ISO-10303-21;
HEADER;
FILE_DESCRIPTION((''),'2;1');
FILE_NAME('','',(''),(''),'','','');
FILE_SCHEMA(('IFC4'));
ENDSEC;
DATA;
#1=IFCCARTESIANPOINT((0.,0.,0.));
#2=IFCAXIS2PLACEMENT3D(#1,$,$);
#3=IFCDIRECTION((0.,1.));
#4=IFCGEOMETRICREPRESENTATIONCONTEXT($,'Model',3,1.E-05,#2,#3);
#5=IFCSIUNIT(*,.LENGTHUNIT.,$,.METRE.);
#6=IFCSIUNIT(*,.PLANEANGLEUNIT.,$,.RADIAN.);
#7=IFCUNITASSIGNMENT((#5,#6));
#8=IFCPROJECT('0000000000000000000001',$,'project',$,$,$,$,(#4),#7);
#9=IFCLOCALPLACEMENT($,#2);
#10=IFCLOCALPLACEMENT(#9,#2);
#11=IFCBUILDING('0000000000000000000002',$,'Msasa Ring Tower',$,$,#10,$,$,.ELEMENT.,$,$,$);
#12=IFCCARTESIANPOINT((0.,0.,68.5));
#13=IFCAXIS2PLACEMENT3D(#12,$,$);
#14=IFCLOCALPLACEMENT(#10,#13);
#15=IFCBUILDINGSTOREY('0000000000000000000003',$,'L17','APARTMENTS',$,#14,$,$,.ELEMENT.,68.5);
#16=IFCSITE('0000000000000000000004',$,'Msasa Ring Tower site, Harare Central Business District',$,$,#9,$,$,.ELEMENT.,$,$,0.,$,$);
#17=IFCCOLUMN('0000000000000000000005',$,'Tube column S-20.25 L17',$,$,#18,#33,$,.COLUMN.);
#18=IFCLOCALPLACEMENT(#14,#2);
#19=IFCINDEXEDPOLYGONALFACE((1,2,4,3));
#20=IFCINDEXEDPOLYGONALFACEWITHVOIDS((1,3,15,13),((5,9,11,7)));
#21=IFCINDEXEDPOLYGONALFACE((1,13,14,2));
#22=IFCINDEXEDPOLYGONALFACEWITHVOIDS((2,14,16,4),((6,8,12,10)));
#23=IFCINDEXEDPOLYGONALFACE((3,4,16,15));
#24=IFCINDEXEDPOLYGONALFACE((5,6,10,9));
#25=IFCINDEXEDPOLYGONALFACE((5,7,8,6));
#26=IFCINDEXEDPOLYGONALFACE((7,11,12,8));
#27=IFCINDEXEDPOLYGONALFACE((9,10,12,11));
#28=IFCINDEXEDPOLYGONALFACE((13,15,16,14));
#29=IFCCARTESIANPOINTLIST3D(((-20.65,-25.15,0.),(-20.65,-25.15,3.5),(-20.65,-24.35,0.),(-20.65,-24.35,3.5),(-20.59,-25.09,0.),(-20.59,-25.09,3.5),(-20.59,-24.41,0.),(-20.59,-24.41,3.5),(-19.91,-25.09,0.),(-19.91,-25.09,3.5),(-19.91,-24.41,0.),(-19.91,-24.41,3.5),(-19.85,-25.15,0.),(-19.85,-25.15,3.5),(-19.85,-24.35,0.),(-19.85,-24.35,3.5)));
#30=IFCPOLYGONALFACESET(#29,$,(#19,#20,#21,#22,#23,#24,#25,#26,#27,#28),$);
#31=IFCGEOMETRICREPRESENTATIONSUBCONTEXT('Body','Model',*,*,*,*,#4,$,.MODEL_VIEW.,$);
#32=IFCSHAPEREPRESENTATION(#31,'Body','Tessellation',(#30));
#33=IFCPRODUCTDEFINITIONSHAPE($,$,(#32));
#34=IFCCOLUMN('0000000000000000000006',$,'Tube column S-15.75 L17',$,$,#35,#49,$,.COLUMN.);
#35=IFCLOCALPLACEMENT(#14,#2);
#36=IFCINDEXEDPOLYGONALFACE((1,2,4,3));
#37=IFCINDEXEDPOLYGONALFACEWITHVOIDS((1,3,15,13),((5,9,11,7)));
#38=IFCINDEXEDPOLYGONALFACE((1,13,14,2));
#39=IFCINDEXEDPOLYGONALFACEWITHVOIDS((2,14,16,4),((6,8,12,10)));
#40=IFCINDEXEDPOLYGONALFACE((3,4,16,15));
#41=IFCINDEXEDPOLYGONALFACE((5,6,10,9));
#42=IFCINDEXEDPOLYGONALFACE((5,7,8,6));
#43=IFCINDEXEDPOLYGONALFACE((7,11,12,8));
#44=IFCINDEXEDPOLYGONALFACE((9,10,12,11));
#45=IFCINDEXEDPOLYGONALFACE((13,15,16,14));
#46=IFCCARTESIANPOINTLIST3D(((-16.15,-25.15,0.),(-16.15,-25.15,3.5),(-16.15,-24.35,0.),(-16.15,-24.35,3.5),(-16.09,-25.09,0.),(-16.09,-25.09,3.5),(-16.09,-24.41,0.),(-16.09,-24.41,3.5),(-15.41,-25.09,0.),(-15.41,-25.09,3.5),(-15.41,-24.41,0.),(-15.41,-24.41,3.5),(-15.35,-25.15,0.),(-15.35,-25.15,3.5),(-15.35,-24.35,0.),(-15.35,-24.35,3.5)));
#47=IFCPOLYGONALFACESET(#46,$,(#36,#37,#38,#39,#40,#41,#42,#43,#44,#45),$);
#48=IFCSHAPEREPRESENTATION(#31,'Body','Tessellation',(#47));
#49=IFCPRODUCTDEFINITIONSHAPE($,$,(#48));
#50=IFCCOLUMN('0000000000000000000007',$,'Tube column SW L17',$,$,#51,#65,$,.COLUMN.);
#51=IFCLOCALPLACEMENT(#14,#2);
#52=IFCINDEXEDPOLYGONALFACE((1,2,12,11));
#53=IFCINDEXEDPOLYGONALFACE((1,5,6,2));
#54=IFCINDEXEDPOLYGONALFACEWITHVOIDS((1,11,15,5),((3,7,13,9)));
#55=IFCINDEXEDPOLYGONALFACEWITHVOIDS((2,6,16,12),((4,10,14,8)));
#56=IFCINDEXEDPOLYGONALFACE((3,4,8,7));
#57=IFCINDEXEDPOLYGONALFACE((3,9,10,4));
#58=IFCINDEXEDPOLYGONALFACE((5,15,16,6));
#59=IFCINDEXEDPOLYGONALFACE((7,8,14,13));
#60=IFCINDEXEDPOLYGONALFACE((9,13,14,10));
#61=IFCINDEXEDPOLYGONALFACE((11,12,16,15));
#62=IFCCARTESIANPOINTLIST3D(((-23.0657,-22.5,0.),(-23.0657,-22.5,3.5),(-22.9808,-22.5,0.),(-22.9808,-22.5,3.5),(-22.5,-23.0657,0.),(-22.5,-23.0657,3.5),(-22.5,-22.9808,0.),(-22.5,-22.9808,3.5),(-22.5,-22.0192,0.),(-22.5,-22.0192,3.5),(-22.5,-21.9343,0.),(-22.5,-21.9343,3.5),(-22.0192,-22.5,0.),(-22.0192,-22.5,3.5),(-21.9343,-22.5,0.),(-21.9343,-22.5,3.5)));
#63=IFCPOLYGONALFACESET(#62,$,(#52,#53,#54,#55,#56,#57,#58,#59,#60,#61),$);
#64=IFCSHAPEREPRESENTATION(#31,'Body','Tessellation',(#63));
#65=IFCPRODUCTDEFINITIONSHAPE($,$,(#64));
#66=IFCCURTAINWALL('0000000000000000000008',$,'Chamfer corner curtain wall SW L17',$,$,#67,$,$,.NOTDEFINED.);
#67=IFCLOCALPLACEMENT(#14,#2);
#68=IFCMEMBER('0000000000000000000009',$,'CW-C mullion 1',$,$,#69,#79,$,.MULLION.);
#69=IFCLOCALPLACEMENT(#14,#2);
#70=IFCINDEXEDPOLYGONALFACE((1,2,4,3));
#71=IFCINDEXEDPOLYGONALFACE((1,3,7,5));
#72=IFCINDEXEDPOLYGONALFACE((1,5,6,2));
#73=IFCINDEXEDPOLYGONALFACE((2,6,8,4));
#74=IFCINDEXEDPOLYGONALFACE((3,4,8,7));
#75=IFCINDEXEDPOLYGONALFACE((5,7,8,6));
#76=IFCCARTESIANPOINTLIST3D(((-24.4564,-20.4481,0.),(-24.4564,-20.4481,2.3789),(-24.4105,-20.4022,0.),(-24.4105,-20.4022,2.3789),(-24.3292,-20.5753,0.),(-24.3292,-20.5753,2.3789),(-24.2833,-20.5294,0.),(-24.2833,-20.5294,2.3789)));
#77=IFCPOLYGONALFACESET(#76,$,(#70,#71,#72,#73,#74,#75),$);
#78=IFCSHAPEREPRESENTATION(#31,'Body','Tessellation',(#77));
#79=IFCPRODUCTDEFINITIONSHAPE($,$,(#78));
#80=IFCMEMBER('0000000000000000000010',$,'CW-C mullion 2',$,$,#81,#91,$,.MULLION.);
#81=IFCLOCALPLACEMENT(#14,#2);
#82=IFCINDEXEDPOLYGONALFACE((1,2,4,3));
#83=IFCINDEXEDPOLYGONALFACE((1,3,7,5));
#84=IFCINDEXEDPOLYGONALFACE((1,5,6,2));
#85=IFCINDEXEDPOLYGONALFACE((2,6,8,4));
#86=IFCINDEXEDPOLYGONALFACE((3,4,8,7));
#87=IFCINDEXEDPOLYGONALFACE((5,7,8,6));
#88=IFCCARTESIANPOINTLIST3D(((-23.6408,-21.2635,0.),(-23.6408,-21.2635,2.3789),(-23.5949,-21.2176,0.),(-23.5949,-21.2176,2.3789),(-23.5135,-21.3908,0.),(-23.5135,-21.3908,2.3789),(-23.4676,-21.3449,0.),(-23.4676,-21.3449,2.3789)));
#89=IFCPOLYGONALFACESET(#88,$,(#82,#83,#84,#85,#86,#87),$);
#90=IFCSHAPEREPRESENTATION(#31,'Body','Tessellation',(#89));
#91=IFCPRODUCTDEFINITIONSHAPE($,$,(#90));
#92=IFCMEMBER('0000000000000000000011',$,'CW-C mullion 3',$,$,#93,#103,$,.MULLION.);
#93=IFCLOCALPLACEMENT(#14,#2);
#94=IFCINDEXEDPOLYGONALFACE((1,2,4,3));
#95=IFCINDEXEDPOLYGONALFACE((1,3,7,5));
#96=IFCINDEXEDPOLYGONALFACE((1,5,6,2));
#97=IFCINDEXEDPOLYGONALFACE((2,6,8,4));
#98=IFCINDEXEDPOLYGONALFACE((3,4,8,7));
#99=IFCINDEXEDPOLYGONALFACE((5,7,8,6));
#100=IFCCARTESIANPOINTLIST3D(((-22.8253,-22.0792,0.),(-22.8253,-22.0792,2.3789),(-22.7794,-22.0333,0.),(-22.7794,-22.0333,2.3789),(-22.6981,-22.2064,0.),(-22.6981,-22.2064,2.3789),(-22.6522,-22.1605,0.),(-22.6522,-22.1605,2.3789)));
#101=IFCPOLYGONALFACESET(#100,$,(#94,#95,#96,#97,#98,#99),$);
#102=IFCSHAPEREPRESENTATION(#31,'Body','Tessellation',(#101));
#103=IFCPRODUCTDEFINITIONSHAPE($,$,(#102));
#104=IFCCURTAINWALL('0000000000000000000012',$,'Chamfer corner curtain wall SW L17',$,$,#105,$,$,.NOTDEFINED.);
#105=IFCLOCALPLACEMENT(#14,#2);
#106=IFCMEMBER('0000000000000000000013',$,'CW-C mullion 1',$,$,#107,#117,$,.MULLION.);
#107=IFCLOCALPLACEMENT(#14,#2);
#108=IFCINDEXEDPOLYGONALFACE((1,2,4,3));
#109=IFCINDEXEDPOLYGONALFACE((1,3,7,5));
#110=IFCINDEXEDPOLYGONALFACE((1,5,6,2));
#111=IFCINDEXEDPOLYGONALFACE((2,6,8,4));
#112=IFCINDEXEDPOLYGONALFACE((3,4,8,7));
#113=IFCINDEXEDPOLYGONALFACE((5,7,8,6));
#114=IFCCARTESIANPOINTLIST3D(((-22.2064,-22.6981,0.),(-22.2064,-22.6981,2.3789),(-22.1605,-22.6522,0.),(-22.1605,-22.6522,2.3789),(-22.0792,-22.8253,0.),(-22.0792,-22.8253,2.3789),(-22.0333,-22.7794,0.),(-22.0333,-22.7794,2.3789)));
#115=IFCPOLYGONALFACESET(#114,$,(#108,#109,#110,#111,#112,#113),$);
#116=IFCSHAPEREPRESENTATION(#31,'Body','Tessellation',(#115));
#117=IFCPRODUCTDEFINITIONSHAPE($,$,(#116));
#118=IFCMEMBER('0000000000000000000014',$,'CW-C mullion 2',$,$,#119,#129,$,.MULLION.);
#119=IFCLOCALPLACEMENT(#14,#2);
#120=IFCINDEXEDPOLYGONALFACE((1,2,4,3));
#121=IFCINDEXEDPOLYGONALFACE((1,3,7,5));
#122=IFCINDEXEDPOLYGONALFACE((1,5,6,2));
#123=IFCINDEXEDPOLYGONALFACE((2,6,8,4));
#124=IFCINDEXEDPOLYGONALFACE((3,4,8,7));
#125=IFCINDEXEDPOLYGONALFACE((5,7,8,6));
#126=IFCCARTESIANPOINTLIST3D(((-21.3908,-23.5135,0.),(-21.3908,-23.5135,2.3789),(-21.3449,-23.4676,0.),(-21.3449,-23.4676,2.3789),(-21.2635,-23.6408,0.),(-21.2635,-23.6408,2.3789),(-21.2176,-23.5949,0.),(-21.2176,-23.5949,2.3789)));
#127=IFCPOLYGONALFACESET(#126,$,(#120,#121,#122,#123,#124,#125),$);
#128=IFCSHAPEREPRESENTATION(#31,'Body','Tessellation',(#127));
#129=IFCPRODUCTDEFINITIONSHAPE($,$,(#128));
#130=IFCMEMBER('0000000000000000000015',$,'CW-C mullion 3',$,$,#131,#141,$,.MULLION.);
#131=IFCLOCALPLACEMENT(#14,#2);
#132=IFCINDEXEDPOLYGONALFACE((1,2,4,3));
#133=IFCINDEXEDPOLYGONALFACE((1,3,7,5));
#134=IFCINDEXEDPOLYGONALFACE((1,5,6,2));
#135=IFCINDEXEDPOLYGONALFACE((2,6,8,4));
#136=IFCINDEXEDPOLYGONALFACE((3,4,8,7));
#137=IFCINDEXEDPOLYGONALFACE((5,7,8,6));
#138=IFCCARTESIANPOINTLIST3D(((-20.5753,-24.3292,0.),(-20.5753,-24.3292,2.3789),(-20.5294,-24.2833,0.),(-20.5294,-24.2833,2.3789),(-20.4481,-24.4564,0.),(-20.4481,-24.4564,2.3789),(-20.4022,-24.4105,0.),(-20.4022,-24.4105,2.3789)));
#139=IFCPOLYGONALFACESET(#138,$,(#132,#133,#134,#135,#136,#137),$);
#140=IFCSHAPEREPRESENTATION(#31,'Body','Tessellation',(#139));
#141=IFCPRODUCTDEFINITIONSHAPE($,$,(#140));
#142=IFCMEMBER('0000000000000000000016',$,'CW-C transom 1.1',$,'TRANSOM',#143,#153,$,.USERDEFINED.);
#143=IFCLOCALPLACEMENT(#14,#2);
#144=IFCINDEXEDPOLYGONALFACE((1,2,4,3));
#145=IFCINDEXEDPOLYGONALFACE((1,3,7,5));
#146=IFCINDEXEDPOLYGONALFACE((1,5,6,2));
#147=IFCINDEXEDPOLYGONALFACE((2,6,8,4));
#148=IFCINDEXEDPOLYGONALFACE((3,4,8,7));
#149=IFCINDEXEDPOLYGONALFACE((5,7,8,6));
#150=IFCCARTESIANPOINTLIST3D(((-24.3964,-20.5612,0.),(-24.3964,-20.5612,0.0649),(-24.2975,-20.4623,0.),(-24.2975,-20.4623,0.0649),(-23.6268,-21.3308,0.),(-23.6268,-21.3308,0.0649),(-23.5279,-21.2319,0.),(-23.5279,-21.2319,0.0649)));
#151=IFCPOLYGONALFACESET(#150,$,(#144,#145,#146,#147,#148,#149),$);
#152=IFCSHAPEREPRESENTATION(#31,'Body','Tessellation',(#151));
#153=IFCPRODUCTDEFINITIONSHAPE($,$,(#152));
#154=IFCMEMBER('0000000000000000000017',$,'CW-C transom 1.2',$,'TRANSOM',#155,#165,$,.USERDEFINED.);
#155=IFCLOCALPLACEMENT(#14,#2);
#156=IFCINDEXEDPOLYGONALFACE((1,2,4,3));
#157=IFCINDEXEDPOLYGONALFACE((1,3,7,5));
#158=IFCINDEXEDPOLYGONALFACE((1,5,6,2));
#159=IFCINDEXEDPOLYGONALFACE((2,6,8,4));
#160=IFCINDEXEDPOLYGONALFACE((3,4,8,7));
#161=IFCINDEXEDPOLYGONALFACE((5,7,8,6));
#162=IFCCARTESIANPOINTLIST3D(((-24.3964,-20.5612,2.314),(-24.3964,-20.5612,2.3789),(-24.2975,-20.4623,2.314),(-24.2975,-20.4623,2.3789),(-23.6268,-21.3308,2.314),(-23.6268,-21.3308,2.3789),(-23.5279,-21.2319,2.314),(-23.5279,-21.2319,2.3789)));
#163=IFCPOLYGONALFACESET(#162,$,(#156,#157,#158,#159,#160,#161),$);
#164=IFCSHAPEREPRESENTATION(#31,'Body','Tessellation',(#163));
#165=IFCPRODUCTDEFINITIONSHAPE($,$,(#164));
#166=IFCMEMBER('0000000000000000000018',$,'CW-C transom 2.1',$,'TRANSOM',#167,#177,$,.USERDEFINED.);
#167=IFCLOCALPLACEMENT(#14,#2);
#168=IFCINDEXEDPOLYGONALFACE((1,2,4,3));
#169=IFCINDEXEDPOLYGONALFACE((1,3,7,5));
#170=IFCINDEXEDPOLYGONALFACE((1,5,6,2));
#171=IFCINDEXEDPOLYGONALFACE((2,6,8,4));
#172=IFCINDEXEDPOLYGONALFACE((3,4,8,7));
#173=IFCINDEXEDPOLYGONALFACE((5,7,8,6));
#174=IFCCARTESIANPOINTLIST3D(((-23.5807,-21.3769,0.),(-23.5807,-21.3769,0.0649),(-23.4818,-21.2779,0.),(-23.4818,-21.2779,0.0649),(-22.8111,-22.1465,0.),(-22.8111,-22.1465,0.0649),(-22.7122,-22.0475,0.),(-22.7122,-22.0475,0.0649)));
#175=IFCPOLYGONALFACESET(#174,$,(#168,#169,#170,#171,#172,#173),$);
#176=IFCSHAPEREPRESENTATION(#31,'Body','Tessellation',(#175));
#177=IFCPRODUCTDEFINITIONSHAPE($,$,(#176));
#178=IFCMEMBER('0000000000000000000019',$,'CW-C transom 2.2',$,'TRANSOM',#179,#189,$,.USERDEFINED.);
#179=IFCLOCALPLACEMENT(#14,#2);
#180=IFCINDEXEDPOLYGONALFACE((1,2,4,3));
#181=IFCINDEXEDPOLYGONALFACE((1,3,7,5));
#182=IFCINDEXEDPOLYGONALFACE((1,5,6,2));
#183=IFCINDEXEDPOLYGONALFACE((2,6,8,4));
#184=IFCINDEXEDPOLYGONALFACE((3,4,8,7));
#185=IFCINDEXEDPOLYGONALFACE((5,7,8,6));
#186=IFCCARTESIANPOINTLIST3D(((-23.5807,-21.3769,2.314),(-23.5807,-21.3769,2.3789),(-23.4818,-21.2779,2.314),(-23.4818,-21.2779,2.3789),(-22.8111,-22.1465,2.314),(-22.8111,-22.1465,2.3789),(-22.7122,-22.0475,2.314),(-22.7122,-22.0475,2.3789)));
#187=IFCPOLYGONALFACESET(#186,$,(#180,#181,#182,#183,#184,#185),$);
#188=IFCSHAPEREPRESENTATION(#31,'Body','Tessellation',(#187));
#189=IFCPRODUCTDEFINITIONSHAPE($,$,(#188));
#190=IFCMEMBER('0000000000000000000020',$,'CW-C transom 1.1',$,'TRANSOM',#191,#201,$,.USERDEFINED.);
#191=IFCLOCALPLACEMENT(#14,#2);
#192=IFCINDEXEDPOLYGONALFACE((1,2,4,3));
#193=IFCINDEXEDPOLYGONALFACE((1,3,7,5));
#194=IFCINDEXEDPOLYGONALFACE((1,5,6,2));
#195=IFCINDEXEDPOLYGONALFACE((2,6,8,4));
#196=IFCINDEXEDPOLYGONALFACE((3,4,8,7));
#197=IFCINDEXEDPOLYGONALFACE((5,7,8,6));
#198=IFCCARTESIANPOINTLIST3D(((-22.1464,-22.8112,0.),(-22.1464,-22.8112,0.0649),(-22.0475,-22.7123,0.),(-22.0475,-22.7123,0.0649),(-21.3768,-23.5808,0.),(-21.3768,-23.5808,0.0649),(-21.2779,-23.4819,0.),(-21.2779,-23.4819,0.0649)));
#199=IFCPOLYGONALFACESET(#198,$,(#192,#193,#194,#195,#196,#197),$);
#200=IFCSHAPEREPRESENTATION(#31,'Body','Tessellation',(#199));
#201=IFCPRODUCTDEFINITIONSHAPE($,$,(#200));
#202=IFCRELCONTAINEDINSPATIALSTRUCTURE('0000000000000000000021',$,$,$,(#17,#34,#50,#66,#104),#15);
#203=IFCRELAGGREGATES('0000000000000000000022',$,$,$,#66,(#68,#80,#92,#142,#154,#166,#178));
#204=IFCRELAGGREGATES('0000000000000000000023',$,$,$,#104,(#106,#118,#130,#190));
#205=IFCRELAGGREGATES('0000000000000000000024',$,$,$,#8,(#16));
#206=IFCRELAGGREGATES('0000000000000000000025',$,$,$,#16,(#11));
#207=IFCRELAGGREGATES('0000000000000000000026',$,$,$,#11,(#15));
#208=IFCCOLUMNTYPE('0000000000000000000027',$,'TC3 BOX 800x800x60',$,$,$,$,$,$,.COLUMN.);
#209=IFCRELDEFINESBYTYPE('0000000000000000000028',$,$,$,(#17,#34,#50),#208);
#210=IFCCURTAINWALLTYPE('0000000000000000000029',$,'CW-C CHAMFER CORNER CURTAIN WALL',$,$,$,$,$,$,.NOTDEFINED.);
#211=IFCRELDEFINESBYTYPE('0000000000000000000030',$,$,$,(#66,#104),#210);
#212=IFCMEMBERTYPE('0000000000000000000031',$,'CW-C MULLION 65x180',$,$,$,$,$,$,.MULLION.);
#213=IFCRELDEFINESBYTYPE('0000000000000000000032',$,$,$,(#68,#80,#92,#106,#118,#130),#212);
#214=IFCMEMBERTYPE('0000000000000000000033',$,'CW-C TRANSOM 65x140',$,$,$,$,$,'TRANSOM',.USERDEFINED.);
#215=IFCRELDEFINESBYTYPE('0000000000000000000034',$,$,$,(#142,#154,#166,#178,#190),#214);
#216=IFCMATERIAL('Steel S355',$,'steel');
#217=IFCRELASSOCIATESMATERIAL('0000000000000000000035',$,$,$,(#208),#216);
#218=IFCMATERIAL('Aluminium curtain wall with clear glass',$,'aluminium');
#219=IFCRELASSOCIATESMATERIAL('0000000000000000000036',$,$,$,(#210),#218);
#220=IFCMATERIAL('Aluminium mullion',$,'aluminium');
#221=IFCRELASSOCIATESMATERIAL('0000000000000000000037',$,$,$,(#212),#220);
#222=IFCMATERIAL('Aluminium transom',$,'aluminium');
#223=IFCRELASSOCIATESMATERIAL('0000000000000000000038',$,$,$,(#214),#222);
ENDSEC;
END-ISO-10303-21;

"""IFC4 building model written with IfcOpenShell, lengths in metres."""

from ifc_helpers import new_model, si_unit, direction, frame, origin, origin_2d, place, context, subcontext, project, spatial, rectangle, hollow_rectangle, extrude, material, material_profile, profile_set, type_object, element, aggregate, save


model = new_model("IFC4")

# Units and contexts
model_context = context("Model", 3, precision=1e-05, world=origin(), true_north=direction((0.0, 1.0)))
body_context = subcontext(model_context, "Body", "Model", "MODEL_VIEW")
ifc_project = project(units=[si_unit("LENGTHUNIT", "METRE"), si_unit("PLANEANGLEUNIT", "RADIAN")], contexts=[model_context])

# Site, building, storey
site_placement = place(None, origin())
site = spatial("IfcSite", under=ifc_project, at=site_placement, Name="Msasa Ring Tower site, Harare Central Business District", CompositionType="ELEMENT", RefElevation=0.0)
building_placement = place(site_placement, origin())
building = spatial("IfcBuilding", under=site, at=building_placement, Name="Msasa Ring Tower", CompositionType="ELEMENT")
storey_placement = place(building_placement, frame((0.0, 0.0, 68.5)))
storey = spatial("IfcBuildingStorey", under=building, at=storey_placement, Name="L17", Description="APARTMENTS", CompositionType="ELEMENT", Elevation=68.5)

# Columns
ifc_material_1 = material(Name="Steel S355", Category="steel")
ifc_material_profile_1 = material_profile(ifc_material_1, hollow_rectangle(XDim=0.8, YDim=0.8, WallThickness=0.0601, at=origin_2d()), Name="BOX 800x800x60")
ifc_profile_set_1 = profile_set([ifc_material_profile_1], Name="Steel S355")
column_type = type_object("IfcColumnType", Name="TC3 BOX 800x800x60", PredefinedType="COLUMN", material=ifc_profile_set_1)
for number, where, z_axis, x_axis, name in (
    (1, (-20.25, -24.75, 0.0), (0.0, 0.0, 1.0), (0.0, 1.0, 0.0), "Tube column S-20.25 L17"),
    (2, (-15.75, -24.75, 0.0), (0.0, 0.0, 1.0), (0.0, 1.0, 0.0), "Tube column S-15.75 L17"),
    (3, (-22.5, -22.5, 0.0), (0.0, 0.0, 1.0), (0.707107, 0.707107, 0.0), "Tube column SW L17"),
):
    element("IfcColumn", number, at=place(storey_placement, frame(where, z_axis=z_axis, x_axis=x_axis)), inside=storey, type_object=column_type, Name=name, PredefinedType="COLUMN", context=body_context, shape_type="SweptSolid", body=[
        extrude(hollow_rectangle(XDim=0.8, YDim=0.8, WallThickness=0.0601, at=origin_2d()), origin(), (0.0, 0.0, 1.0), 3.5),
    ])

# Curtain walls, members
ifc_material_2 = material(Name="Aluminium curtain wall with clear glass", Category="aluminium")
curtain_wall_type = type_object("IfcCurtainWallType", Name="CW-C CHAMFER CORNER CURTAIN WALL", PredefinedType="NOTDEFINED", material=ifc_material_2)
curtain_wall_1_placement = place(storey_placement, origin())
curtain_wall_1 = element("IfcCurtainWall", 4, at=curtain_wall_1_placement, inside=storey, type_object=curtain_wall_type, Name="Chamfer corner curtain wall SW L17", PredefinedType="NOTDEFINED")
ifc_material_3 = material(Name="Aluminium mullion", Category="aluminium")
ifc_material_profile_2 = material_profile(ifc_material_3, rectangle(XDim=0.0649, YDim=0.1799, at=origin_2d()), Name="AL 65x180")
ifc_profile_set_2 = profile_set([ifc_material_profile_2], Name="Aluminium mullion")
member_type_1 = type_object("IfcMemberType", Name="CW-C MULLION 65x180", PredefinedType="MULLION", material=ifc_profile_set_2)
member_1_placement = place(storey_placement, frame((-24.3699, -20.4888, 0.0), z_axis=(0.0, 0.0, 1.0), x_axis=(0.707107, 0.707107, 0.0)))
member_1 = element("IfcMember", 5, at=member_1_placement, type_object=member_type_1, Name="CW-C mullion 1", PredefinedType="MULLION", context=body_context, shape_type="SweptSolid", body=[
    extrude(rectangle(XDim=0.0649, YDim=0.1799, at=origin_2d()), origin(), (0.0, 0.0, 1.0), 2.3789),
])
member_2_placement = place(storey_placement, frame((-23.5542, -21.3042, 0.0), z_axis=(0.0, 0.0, 1.0), x_axis=(0.707107, 0.707107, 0.0)))
member_2 = element("IfcMember", 6, at=member_2_placement, type_object=member_type_1, Name="CW-C mullion 2", PredefinedType="MULLION", context=body_context, shape_type="SweptSolid", body=[
    extrude(rectangle(XDim=0.0649, YDim=0.1799, at=origin_2d()), origin(), (0.0, 0.0, 1.0), 2.3789),
])
member_3_placement = place(storey_placement, frame((-22.7388, -22.1199, 0.0), z_axis=(0.0, 0.0, 1.0), x_axis=(0.707107, 0.707107, 0.0)))
member_3 = element("IfcMember", 7, at=member_3_placement, type_object=member_type_1, Name="CW-C mullion 3", PredefinedType="MULLION", context=body_context, shape_type="SweptSolid", body=[
    extrude(rectangle(XDim=0.0649, YDim=0.1799, at=origin_2d()), origin(), (0.0, 0.0, 1.0), 2.3789),
])
curtain_wall_2_placement = place(storey_placement, origin())
curtain_wall_2 = element("IfcCurtainWall", 8, at=curtain_wall_2_placement, inside=storey, type_object=curtain_wall_type, Name="Chamfer corner curtain wall SW L17", PredefinedType="NOTDEFINED")
member_4_placement = place(storey_placement, frame((-22.1199, -22.7388, 0.0), z_axis=(0.0, 0.0, 1.0), x_axis=(0.707107, 0.707107, 0.0)))
member_4 = element("IfcMember", 9, at=member_4_placement, type_object=member_type_1, Name="CW-C mullion 1", PredefinedType="MULLION", context=body_context, shape_type="SweptSolid", body=[
    extrude(rectangle(XDim=0.0649, YDim=0.1799, at=origin_2d()), origin(), (0.0, 0.0, 1.0), 2.3789),
])
member_5_placement = place(storey_placement, frame((-21.3042, -23.5542, 0.0), z_axis=(0.0, 0.0, 1.0), x_axis=(0.707107, 0.707107, 0.0)))
member_5 = element("IfcMember", 10, at=member_5_placement, type_object=member_type_1, Name="CW-C mullion 2", PredefinedType="MULLION", context=body_context, shape_type="SweptSolid", body=[
    extrude(rectangle(XDim=0.0649, YDim=0.1799, at=origin_2d()), origin(), (0.0, 0.0, 1.0), 2.3789),
])
member_6_placement = place(storey_placement, frame((-20.4888, -24.3699, 0.0), z_axis=(0.0, 0.0, 1.0), x_axis=(0.707107, 0.707107, 0.0)))
member_6 = element("IfcMember", 11, at=member_6_placement, type_object=member_type_1, Name="CW-C mullion 3", PredefinedType="MULLION", context=body_context, shape_type="SweptSolid", body=[
    extrude(rectangle(XDim=0.0649, YDim=0.1799, at=origin_2d()), origin(), (0.0, 0.0, 1.0), 2.3789),
])

# Members
ifc_material_4 = material(Name="Aluminium transom", Category="aluminium")
ifc_material_profile_3 = material_profile(ifc_material_4, rectangle(XDim=0.1399, YDim=0.0649, at=origin_2d()), Name="AL 65x140")
ifc_profile_set_3 = profile_set([ifc_material_profile_3], Name="Aluminium transom")
member_type_2 = type_object("IfcMemberType", Name="CW-C TRANSOM 65x140", ElementType="TRANSOM", PredefinedType="USERDEFINED", material=ifc_profile_set_3)
member_7_placement = place(storey_placement, frame((-24.3469, -20.5117, 0.0325), z_axis=(0.707107, -0.707107, 0.0), x_axis=(0.707107, 0.707107, 0.0)))
member_7 = element("IfcMember", 12, at=member_7_placement, type_object=member_type_2, Name="CW-C transom 1.1", ObjectType="TRANSOM", PredefinedType="USERDEFINED", context=body_context, shape_type="SweptSolid", body=[
    extrude(rectangle(XDim=0.1399, YDim=0.0649, at=origin_2d()), origin(), (0.0, 0.0, 1.0), 1.0884),
])
member_8_placement = place(storey_placement, frame((-24.3469, -20.5117, 2.3464), z_axis=(0.707107, -0.707107, 0.0), x_axis=(0.707107, 0.707107, 0.0)))
member_8 = element("IfcMember", 13, at=member_8_placement, type_object=member_type_2, Name="CW-C transom 1.2", ObjectType="TRANSOM", PredefinedType="USERDEFINED", context=body_context, shape_type="SweptSolid", body=[
    extrude(rectangle(XDim=0.1399, YDim=0.0649, at=origin_2d()), origin(), (0.0, 0.0, 1.0), 1.0884),
])
member_9_placement = place(storey_placement, frame((-23.5312, -21.3274, 0.0325), z_axis=(0.707107, -0.707107, 0.0), x_axis=(0.707107, 0.707107, 0.0)))
member_9 = element("IfcMember", 14, at=member_9_placement, type_object=member_type_2, Name="CW-C transom 2.1", ObjectType="TRANSOM", PredefinedType="USERDEFINED", context=body_context, shape_type="SweptSolid", body=[
    extrude(rectangle(XDim=0.1399, YDim=0.0649, at=origin_2d()), origin(), (0.0, 0.0, 1.0), 1.0884),
])
member_10_placement = place(storey_placement, frame((-23.5312, -21.3274, 2.3464), z_axis=(0.707107, -0.707107, 0.0), x_axis=(0.707107, 0.707107, 0.0)))
member_10 = element("IfcMember", 15, at=member_10_placement, type_object=member_type_2, Name="CW-C transom 2.2", ObjectType="TRANSOM", PredefinedType="USERDEFINED", context=body_context, shape_type="SweptSolid", body=[
    extrude(rectangle(XDim=0.1399, YDim=0.0649, at=origin_2d()), origin(), (0.0, 0.0, 1.0), 1.0884),
])
member_11_placement = place(storey_placement, frame((-22.0969, -22.7617, 0.0325), z_axis=(0.707107, -0.707107, 0.0), x_axis=(0.707107, 0.707107, 0.0)))
member_11 = element("IfcMember", 16, at=member_11_placement, type_object=member_type_2, Name="CW-C transom 1.1", ObjectType="TRANSOM", PredefinedType="USERDEFINED", context=body_context, shape_type="SweptSolid", body=[
    extrude(rectangle(XDim=0.1399, YDim=0.0649, at=origin_2d()), origin(), (0.0, 0.0, 1.0), 1.0884),
])

aggregate(curtain_wall_1, [member_1, member_2, member_3, member_7, member_8, member_9, member_10])
aggregate(curtain_wall_2, [member_4, member_5, member_6, member_11])

save(model, "model.ifc")
